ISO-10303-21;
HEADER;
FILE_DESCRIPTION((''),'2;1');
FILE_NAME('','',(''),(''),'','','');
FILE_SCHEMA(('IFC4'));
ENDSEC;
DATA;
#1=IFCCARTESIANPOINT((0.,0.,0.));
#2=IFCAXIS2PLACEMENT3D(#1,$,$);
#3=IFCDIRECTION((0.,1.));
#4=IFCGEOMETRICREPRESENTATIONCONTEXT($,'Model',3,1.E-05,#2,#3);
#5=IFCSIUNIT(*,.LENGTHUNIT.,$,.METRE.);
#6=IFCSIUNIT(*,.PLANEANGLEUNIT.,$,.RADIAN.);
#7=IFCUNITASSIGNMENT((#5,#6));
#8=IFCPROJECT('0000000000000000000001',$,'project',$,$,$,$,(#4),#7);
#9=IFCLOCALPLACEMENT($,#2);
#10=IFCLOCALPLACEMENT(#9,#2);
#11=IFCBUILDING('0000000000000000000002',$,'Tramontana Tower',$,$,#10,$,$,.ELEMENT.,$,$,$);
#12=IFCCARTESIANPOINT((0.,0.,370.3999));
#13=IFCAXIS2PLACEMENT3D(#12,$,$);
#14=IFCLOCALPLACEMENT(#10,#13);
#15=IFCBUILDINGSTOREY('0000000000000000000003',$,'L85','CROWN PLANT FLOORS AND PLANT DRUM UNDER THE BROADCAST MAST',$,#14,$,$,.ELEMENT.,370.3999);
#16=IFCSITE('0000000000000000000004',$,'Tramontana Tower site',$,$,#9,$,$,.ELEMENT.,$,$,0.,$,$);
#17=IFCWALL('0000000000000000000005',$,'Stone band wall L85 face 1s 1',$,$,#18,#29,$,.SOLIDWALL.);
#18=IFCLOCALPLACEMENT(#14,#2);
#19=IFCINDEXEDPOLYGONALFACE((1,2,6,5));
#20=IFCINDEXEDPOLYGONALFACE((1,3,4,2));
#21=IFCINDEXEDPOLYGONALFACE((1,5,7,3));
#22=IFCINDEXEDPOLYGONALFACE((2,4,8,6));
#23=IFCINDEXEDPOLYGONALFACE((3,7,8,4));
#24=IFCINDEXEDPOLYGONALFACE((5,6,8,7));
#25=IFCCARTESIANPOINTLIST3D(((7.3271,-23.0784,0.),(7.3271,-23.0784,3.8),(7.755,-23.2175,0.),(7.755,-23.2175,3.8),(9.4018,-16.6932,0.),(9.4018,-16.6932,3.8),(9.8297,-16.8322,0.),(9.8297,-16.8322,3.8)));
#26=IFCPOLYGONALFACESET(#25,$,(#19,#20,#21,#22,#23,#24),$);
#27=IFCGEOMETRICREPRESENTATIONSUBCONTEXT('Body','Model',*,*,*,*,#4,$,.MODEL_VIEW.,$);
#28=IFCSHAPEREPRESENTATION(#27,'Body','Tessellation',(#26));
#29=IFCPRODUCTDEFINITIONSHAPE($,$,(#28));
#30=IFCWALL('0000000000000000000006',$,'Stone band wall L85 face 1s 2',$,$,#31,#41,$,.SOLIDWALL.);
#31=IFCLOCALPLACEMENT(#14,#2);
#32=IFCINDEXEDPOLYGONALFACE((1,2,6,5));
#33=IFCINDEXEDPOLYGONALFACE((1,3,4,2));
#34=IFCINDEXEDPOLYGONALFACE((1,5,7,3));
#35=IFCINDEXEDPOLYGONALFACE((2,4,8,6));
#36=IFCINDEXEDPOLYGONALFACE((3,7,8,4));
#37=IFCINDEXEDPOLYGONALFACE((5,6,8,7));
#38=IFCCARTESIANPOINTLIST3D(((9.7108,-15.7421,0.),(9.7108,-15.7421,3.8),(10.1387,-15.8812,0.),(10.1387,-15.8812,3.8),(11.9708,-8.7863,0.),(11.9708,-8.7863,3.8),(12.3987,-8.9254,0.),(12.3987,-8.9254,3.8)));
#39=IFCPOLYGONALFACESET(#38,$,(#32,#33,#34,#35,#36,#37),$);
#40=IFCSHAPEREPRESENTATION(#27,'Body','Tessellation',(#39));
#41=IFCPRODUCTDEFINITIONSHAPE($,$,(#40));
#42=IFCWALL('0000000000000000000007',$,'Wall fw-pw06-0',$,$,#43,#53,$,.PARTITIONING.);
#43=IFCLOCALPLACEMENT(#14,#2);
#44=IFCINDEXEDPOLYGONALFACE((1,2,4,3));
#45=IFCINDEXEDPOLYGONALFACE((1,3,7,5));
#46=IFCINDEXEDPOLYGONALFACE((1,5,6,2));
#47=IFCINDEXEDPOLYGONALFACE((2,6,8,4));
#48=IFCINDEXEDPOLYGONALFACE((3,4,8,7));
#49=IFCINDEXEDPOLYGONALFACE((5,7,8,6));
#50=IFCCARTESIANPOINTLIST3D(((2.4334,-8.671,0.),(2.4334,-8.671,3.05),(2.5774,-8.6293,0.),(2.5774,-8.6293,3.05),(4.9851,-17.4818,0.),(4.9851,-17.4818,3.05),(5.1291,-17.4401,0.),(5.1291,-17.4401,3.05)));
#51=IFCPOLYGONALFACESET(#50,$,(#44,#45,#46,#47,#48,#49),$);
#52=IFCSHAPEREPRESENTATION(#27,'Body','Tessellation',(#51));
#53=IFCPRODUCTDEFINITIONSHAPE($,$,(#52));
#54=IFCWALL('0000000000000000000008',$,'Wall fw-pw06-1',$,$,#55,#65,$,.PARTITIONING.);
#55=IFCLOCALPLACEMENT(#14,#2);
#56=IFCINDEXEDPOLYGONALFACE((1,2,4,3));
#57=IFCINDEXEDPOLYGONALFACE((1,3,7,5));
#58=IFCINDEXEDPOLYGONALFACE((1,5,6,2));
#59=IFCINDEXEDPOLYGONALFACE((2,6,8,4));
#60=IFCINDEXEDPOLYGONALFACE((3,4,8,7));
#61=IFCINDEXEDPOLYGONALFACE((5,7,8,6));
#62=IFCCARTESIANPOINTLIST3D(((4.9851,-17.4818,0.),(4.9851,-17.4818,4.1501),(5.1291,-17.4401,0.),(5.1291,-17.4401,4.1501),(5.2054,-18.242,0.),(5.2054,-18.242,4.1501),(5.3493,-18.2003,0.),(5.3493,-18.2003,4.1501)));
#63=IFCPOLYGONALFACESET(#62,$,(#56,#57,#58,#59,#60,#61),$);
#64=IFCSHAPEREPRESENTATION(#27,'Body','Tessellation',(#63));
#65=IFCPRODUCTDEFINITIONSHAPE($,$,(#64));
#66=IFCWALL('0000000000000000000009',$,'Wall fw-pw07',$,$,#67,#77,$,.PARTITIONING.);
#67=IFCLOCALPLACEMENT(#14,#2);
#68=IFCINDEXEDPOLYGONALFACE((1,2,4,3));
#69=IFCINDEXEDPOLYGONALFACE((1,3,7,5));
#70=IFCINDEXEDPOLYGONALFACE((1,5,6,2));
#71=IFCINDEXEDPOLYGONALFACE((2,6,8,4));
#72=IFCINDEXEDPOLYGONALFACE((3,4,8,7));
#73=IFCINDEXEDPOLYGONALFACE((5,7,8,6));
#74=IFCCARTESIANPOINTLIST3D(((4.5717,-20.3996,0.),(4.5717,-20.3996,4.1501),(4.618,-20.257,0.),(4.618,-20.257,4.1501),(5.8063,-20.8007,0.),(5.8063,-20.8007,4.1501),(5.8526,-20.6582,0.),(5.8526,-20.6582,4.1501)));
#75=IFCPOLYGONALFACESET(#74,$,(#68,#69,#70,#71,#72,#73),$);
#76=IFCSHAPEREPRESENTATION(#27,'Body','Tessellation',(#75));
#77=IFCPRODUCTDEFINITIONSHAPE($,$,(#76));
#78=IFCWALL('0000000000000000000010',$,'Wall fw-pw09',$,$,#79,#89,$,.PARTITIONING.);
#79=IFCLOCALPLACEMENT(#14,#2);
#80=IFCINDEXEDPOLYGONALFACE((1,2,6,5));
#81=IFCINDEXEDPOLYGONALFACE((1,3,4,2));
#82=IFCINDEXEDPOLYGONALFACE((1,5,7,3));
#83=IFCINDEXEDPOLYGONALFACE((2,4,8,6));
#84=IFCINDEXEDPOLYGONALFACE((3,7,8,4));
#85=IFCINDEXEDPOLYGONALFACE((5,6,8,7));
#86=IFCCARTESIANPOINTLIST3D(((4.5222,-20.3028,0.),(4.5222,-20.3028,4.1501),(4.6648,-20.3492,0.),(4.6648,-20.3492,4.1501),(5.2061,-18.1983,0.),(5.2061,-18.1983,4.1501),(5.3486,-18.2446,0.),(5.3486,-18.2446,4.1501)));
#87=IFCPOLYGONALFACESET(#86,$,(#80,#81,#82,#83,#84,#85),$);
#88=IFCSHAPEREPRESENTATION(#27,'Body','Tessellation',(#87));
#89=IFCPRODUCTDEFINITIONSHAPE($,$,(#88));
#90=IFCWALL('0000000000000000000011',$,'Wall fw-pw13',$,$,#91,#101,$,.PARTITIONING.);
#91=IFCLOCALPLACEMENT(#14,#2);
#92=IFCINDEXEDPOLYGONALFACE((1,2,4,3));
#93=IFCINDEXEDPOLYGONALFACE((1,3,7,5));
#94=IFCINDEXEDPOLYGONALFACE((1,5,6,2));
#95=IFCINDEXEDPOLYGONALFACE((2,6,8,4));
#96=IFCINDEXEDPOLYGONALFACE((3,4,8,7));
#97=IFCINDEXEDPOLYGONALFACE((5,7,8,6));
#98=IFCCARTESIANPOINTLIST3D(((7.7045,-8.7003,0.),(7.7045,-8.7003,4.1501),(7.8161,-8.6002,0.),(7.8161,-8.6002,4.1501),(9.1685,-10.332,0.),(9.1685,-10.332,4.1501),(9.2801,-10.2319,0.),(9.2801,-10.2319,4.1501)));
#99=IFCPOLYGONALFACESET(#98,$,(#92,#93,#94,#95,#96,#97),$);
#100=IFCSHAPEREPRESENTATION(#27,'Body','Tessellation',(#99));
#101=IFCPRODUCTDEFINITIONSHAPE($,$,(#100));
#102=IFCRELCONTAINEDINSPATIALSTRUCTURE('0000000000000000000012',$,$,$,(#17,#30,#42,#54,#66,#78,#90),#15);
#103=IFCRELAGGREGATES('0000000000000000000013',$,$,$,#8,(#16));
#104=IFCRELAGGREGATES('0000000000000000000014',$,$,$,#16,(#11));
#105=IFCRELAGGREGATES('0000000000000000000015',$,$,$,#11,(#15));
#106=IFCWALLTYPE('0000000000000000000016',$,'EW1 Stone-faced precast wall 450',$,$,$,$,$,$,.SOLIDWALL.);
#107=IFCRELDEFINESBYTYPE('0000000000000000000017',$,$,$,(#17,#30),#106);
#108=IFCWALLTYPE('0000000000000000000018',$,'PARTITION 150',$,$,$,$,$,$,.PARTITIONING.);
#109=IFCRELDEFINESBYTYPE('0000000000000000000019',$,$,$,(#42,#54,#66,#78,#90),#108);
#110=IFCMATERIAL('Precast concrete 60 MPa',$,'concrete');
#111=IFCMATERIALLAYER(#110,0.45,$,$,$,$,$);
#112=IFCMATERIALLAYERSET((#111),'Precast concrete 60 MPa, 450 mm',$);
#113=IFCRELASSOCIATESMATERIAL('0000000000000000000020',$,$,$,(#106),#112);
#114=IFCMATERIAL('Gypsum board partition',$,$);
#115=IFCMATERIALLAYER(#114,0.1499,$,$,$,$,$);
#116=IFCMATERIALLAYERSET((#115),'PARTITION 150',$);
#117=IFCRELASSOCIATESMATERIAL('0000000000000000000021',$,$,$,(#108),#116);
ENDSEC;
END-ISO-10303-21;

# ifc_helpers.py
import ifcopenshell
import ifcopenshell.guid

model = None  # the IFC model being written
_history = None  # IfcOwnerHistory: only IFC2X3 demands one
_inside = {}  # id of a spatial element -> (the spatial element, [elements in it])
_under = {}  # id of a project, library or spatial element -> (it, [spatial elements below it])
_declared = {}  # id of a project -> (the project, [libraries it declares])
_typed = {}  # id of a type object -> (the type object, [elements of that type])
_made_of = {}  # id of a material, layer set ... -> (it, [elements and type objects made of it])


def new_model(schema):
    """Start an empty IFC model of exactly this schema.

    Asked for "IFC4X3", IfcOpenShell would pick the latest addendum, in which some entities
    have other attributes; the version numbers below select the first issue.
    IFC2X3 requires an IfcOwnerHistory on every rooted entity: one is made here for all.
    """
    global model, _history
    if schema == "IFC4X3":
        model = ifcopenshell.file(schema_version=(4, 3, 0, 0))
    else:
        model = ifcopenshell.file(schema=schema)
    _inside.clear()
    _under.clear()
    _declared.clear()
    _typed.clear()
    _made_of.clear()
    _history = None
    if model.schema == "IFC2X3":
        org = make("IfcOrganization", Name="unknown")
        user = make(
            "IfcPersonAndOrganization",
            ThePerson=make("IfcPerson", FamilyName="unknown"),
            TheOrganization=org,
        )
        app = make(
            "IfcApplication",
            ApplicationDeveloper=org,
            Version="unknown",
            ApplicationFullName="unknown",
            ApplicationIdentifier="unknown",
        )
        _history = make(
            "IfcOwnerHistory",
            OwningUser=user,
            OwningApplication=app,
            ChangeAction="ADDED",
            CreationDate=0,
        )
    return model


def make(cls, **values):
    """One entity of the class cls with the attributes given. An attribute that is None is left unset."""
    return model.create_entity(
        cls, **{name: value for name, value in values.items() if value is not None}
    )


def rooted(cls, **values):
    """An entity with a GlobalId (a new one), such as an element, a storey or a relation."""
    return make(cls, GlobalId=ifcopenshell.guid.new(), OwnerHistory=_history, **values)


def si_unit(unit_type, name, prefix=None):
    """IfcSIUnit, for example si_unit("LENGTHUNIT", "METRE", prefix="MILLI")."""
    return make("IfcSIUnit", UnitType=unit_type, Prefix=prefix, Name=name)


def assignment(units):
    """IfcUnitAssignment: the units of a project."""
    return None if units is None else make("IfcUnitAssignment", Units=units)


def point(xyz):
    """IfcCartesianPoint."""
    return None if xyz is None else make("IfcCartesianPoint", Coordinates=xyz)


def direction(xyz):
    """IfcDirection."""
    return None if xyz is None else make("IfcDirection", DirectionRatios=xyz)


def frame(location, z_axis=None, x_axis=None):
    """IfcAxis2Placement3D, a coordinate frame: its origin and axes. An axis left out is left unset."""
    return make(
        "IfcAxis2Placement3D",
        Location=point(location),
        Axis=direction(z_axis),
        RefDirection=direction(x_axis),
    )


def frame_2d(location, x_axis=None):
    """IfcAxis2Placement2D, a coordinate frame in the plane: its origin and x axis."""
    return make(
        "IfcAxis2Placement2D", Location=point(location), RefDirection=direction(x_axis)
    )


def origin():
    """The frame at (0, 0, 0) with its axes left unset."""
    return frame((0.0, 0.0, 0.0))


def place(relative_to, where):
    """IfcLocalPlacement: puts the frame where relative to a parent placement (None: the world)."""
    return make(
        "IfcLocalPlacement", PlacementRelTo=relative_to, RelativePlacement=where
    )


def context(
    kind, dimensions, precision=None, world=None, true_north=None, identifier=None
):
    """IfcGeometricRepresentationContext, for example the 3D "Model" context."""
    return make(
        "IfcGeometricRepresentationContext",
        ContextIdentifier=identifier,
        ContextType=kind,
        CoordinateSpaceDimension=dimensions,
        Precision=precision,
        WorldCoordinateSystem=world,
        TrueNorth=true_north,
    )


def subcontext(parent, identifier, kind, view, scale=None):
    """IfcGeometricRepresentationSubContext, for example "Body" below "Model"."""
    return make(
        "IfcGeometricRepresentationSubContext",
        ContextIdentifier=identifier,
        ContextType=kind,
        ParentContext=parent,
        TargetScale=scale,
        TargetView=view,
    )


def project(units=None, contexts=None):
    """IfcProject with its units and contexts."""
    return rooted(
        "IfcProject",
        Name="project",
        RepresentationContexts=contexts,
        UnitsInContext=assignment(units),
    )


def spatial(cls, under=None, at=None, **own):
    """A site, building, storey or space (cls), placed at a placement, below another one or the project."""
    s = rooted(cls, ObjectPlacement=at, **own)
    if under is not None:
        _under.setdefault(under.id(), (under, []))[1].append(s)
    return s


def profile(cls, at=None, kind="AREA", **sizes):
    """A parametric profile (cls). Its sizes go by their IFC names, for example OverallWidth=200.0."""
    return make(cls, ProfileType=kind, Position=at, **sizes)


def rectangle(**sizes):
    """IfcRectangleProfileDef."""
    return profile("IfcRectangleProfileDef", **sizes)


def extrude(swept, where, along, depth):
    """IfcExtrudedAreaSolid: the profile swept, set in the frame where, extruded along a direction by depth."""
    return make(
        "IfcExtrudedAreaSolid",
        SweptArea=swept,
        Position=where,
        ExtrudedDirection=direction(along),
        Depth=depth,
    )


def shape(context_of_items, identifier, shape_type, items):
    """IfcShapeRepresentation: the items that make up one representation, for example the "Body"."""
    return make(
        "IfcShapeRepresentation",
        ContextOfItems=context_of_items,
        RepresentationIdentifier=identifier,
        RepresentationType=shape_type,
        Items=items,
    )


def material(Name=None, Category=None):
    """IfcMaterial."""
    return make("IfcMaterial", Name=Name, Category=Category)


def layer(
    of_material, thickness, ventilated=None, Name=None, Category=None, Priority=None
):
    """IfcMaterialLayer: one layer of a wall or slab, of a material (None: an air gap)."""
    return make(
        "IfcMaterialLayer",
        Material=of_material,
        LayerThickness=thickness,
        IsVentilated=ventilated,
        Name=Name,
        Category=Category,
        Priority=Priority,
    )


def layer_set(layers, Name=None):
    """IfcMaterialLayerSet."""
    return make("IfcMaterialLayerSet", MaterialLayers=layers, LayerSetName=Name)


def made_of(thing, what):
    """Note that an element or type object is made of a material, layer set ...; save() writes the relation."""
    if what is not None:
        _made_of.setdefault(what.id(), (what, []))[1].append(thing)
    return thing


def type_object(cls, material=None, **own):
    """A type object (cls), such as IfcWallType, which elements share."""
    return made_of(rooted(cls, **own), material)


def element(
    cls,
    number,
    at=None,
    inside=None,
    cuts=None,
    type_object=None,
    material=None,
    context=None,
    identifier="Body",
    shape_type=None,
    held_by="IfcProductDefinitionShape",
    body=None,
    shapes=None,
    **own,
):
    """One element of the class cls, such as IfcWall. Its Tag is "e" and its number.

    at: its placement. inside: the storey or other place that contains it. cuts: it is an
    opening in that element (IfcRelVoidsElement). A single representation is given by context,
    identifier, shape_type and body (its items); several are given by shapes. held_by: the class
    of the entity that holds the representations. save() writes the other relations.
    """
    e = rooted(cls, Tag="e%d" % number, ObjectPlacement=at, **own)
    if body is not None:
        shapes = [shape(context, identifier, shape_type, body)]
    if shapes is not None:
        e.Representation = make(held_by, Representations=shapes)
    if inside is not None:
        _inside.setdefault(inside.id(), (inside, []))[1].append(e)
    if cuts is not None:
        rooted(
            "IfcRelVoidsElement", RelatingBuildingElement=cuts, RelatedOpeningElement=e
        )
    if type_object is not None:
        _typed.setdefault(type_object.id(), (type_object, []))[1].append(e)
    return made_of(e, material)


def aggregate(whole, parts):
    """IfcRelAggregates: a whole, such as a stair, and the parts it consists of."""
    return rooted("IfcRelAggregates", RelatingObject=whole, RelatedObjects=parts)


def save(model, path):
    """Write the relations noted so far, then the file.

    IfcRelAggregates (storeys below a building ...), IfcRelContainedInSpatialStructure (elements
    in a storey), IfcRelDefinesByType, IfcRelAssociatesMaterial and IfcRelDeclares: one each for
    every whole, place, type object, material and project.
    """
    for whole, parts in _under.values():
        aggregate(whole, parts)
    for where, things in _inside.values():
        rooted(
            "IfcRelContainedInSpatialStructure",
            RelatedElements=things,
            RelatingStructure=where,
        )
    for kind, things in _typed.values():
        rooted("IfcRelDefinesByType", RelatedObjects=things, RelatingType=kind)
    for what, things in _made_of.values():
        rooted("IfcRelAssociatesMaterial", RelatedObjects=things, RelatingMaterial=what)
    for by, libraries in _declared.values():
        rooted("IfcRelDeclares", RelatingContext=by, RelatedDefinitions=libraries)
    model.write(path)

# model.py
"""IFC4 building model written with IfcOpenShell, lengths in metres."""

from ifc_helpers import new_model, si_unit, direction, frame, frame_2d, origin, place, context, subcontext, project, spatial, rectangle, extrude, material, layer, layer_set, type_object, element, save


model = new_model("IFC4")

# Units and contexts
model_context = context("Model", 3, precision=1e-05, world=origin(), true_north=direction((0.0, 1.0)))
body_context = subcontext(model_context, "Body", "Model", "MODEL_VIEW")
ifc_project = project(units=[si_unit("LENGTHUNIT", "METRE"), si_unit("PLANEANGLEUNIT", "RADIAN")], contexts=[model_context])

# Site, building, storey
site_placement = place(None, origin())
site = spatial("IfcSite", under=ifc_project, at=site_placement, Name="Tramontana Tower site", CompositionType="ELEMENT", RefElevation=0.0)
building_placement = place(site_placement, origin())
building = spatial("IfcBuilding", under=site, at=building_placement, Name="Tramontana Tower", CompositionType="ELEMENT")
storey_placement = place(building_placement, frame((0.0, 0.0, 370.3999)))
storey = spatial("IfcBuildingStorey", under=building, at=storey_placement, Name="L85", Description="CROWN PLANT FLOORS AND PLANT DRUM UNDER THE BROADCAST MAST", CompositionType="ELEMENT", Elevation=370.3999)

# Walls
ifc_material_1 = material(Name="Precast concrete 60 MPa", Category="concrete")
ifc_layer_1 = layer(ifc_material_1, 0.45)
ifc_layer_set_1 = layer_set([ifc_layer_1], Name="Precast concrete 60 MPa, 450 mm")
wall_type_1 = type_object("IfcWallType", Name="EW1 Stone-faced precast wall 450", PredefinedType="SOLIDWALL", material=ifc_layer_set_1)
wall_1_placement = place(storey_placement, frame((7.541, -23.1479, 0.0), z_axis=(0.0, 0.0, 1.0), x_axis=(0.309019, 0.951056, 0.0)))
element("IfcWall", 1, at=wall_1_placement, inside=storey, type_object=wall_type_1, Name="Stone band wall L85 face 1s 1", PredefinedType="SOLIDWALL", context=body_context, shape_type="SweptSolid", body=[
    extrude(rectangle(XDim=6.7139, YDim=0.45, at=frame_2d((3.3569, 0.0))), origin(), (0.0, 0.0, 1.0), 3.8),
])
wall_2_placement = place(storey_placement, frame((9.9248, -15.8115, 0.0), z_axis=(0.0, 0.0, 1.0), x_axis=(0.309008, 0.951059, 0.0)))
element("IfcWall", 2, at=wall_2_placement, inside=storey, type_object=wall_type_1, Name="Stone band wall L85 face 1s 2", PredefinedType="SOLIDWALL", context=body_context, shape_type="SweptSolid", body=[
    extrude(rectangle(XDim=7.3137, YDim=0.45, at=frame_2d((3.6567, 0.0))), origin(), (0.0, 0.0, 1.0), 3.8),
])
ifc_material_2 = material(Name="Gypsum board partition")
ifc_layer_2 = layer(ifc_material_2, 0.1499)
ifc_layer_set_2 = layer_set([ifc_layer_2], Name="PARTITION 150")
wall_type_2 = type_object("IfcWallType", Name="PARTITION 150", PredefinedType="PARTITIONING", material=ifc_layer_set_2)
wall_3_placement = place(storey_placement, frame((2.5054, -8.6501, 0.0), z_axis=(0.0, 0.0, 1.0), x_axis=(0.278185, -0.960527, 0.0)))
element("IfcWall", 3, at=wall_3_placement, inside=storey, type_object=wall_type_2, Name="Wall fw-pw06-0", PredefinedType="PARTITIONING", context=body_context, shape_type="SweptSolid", body=[
    extrude(rectangle(XDim=9.1729, YDim=0.1499, at=frame_2d((4.5864, 0.0))), origin(), (0.0, 0.0, 1.0), 3.05),
])
wall_4_placement = place(storey_placement, frame((5.0571, -17.4609, 0.0), z_axis=(0.0, 0.0, 1.0), x_axis=(0.278223, -0.960517, 0.0)))
element("IfcWall", 4, at=wall_4_placement, inside=storey, type_object=wall_type_2, Name="Wall fw-pw06-1", PredefinedType="PARTITIONING", context=body_context, shape_type="SweptSolid", body=[
    extrude(rectangle(XDim=0.7915, YDim=0.1499, at=frame_2d((0.3958, 0.0))), origin(), (0.0, 0.0, 1.0), 4.1501),
])
wall_5_placement = place(storey_placement, frame((4.595, -20.3284, 0.0), z_axis=(0.0, 0.0, 1.0), x_axis=(0.951063, -0.308997, 0.0)))
element("IfcWall", 5, at=wall_5_placement, inside=storey, type_object=wall_type_2, Name="Wall fw-pw07", PredefinedType="PARTITIONING", context=body_context, shape_type="SweptSolid", body=[
    extrude(rectangle(XDim=1.2981, YDim=0.1499, at=frame_2d((0.6489, 0.0))), origin(), (0.0, 0.0, 1.0), 4.1501),
])
wall_6_placement = place(storey_placement, frame((5.2773, -18.2214, 0.0), z_axis=(0.0, 0.0, 1.0), x_axis=(-0.309036, -0.95105, 0.0)))
element("IfcWall", 6, at=wall_6_placement, inside=storey, type_object=wall_type_2, Name="Wall fw-pw09", PredefinedType="PARTITIONING", context=body_context, shape_type="SweptSolid", body=[
    extrude(rectangle(XDim=2.2129, YDim=0.1499, at=frame_2d((1.1064, 0.0))), origin(), (0.0, 0.0, 1.0), 4.1501),
])
wall_7_placement = place(storey_placement, frame((7.7603, -8.6501, 0.0), z_axis=(0.0, 0.0, 1.0), x_axis=(0.667813, -0.744329, 0.0)))
element("IfcWall", 7, at=wall_7_placement, inside=storey, type_object=wall_type_2, Name="Wall fw-pw13", PredefinedType="PARTITIONING", context=body_context, shape_type="SweptSolid", body=[
    extrude(rectangle(XDim=2.1921, YDim=0.1499, at=frame_2d((1.0962, 0.0))), origin(), (0.0, 0.0, 1.0), 4.1501),
])

save(model, "model.ifc")
